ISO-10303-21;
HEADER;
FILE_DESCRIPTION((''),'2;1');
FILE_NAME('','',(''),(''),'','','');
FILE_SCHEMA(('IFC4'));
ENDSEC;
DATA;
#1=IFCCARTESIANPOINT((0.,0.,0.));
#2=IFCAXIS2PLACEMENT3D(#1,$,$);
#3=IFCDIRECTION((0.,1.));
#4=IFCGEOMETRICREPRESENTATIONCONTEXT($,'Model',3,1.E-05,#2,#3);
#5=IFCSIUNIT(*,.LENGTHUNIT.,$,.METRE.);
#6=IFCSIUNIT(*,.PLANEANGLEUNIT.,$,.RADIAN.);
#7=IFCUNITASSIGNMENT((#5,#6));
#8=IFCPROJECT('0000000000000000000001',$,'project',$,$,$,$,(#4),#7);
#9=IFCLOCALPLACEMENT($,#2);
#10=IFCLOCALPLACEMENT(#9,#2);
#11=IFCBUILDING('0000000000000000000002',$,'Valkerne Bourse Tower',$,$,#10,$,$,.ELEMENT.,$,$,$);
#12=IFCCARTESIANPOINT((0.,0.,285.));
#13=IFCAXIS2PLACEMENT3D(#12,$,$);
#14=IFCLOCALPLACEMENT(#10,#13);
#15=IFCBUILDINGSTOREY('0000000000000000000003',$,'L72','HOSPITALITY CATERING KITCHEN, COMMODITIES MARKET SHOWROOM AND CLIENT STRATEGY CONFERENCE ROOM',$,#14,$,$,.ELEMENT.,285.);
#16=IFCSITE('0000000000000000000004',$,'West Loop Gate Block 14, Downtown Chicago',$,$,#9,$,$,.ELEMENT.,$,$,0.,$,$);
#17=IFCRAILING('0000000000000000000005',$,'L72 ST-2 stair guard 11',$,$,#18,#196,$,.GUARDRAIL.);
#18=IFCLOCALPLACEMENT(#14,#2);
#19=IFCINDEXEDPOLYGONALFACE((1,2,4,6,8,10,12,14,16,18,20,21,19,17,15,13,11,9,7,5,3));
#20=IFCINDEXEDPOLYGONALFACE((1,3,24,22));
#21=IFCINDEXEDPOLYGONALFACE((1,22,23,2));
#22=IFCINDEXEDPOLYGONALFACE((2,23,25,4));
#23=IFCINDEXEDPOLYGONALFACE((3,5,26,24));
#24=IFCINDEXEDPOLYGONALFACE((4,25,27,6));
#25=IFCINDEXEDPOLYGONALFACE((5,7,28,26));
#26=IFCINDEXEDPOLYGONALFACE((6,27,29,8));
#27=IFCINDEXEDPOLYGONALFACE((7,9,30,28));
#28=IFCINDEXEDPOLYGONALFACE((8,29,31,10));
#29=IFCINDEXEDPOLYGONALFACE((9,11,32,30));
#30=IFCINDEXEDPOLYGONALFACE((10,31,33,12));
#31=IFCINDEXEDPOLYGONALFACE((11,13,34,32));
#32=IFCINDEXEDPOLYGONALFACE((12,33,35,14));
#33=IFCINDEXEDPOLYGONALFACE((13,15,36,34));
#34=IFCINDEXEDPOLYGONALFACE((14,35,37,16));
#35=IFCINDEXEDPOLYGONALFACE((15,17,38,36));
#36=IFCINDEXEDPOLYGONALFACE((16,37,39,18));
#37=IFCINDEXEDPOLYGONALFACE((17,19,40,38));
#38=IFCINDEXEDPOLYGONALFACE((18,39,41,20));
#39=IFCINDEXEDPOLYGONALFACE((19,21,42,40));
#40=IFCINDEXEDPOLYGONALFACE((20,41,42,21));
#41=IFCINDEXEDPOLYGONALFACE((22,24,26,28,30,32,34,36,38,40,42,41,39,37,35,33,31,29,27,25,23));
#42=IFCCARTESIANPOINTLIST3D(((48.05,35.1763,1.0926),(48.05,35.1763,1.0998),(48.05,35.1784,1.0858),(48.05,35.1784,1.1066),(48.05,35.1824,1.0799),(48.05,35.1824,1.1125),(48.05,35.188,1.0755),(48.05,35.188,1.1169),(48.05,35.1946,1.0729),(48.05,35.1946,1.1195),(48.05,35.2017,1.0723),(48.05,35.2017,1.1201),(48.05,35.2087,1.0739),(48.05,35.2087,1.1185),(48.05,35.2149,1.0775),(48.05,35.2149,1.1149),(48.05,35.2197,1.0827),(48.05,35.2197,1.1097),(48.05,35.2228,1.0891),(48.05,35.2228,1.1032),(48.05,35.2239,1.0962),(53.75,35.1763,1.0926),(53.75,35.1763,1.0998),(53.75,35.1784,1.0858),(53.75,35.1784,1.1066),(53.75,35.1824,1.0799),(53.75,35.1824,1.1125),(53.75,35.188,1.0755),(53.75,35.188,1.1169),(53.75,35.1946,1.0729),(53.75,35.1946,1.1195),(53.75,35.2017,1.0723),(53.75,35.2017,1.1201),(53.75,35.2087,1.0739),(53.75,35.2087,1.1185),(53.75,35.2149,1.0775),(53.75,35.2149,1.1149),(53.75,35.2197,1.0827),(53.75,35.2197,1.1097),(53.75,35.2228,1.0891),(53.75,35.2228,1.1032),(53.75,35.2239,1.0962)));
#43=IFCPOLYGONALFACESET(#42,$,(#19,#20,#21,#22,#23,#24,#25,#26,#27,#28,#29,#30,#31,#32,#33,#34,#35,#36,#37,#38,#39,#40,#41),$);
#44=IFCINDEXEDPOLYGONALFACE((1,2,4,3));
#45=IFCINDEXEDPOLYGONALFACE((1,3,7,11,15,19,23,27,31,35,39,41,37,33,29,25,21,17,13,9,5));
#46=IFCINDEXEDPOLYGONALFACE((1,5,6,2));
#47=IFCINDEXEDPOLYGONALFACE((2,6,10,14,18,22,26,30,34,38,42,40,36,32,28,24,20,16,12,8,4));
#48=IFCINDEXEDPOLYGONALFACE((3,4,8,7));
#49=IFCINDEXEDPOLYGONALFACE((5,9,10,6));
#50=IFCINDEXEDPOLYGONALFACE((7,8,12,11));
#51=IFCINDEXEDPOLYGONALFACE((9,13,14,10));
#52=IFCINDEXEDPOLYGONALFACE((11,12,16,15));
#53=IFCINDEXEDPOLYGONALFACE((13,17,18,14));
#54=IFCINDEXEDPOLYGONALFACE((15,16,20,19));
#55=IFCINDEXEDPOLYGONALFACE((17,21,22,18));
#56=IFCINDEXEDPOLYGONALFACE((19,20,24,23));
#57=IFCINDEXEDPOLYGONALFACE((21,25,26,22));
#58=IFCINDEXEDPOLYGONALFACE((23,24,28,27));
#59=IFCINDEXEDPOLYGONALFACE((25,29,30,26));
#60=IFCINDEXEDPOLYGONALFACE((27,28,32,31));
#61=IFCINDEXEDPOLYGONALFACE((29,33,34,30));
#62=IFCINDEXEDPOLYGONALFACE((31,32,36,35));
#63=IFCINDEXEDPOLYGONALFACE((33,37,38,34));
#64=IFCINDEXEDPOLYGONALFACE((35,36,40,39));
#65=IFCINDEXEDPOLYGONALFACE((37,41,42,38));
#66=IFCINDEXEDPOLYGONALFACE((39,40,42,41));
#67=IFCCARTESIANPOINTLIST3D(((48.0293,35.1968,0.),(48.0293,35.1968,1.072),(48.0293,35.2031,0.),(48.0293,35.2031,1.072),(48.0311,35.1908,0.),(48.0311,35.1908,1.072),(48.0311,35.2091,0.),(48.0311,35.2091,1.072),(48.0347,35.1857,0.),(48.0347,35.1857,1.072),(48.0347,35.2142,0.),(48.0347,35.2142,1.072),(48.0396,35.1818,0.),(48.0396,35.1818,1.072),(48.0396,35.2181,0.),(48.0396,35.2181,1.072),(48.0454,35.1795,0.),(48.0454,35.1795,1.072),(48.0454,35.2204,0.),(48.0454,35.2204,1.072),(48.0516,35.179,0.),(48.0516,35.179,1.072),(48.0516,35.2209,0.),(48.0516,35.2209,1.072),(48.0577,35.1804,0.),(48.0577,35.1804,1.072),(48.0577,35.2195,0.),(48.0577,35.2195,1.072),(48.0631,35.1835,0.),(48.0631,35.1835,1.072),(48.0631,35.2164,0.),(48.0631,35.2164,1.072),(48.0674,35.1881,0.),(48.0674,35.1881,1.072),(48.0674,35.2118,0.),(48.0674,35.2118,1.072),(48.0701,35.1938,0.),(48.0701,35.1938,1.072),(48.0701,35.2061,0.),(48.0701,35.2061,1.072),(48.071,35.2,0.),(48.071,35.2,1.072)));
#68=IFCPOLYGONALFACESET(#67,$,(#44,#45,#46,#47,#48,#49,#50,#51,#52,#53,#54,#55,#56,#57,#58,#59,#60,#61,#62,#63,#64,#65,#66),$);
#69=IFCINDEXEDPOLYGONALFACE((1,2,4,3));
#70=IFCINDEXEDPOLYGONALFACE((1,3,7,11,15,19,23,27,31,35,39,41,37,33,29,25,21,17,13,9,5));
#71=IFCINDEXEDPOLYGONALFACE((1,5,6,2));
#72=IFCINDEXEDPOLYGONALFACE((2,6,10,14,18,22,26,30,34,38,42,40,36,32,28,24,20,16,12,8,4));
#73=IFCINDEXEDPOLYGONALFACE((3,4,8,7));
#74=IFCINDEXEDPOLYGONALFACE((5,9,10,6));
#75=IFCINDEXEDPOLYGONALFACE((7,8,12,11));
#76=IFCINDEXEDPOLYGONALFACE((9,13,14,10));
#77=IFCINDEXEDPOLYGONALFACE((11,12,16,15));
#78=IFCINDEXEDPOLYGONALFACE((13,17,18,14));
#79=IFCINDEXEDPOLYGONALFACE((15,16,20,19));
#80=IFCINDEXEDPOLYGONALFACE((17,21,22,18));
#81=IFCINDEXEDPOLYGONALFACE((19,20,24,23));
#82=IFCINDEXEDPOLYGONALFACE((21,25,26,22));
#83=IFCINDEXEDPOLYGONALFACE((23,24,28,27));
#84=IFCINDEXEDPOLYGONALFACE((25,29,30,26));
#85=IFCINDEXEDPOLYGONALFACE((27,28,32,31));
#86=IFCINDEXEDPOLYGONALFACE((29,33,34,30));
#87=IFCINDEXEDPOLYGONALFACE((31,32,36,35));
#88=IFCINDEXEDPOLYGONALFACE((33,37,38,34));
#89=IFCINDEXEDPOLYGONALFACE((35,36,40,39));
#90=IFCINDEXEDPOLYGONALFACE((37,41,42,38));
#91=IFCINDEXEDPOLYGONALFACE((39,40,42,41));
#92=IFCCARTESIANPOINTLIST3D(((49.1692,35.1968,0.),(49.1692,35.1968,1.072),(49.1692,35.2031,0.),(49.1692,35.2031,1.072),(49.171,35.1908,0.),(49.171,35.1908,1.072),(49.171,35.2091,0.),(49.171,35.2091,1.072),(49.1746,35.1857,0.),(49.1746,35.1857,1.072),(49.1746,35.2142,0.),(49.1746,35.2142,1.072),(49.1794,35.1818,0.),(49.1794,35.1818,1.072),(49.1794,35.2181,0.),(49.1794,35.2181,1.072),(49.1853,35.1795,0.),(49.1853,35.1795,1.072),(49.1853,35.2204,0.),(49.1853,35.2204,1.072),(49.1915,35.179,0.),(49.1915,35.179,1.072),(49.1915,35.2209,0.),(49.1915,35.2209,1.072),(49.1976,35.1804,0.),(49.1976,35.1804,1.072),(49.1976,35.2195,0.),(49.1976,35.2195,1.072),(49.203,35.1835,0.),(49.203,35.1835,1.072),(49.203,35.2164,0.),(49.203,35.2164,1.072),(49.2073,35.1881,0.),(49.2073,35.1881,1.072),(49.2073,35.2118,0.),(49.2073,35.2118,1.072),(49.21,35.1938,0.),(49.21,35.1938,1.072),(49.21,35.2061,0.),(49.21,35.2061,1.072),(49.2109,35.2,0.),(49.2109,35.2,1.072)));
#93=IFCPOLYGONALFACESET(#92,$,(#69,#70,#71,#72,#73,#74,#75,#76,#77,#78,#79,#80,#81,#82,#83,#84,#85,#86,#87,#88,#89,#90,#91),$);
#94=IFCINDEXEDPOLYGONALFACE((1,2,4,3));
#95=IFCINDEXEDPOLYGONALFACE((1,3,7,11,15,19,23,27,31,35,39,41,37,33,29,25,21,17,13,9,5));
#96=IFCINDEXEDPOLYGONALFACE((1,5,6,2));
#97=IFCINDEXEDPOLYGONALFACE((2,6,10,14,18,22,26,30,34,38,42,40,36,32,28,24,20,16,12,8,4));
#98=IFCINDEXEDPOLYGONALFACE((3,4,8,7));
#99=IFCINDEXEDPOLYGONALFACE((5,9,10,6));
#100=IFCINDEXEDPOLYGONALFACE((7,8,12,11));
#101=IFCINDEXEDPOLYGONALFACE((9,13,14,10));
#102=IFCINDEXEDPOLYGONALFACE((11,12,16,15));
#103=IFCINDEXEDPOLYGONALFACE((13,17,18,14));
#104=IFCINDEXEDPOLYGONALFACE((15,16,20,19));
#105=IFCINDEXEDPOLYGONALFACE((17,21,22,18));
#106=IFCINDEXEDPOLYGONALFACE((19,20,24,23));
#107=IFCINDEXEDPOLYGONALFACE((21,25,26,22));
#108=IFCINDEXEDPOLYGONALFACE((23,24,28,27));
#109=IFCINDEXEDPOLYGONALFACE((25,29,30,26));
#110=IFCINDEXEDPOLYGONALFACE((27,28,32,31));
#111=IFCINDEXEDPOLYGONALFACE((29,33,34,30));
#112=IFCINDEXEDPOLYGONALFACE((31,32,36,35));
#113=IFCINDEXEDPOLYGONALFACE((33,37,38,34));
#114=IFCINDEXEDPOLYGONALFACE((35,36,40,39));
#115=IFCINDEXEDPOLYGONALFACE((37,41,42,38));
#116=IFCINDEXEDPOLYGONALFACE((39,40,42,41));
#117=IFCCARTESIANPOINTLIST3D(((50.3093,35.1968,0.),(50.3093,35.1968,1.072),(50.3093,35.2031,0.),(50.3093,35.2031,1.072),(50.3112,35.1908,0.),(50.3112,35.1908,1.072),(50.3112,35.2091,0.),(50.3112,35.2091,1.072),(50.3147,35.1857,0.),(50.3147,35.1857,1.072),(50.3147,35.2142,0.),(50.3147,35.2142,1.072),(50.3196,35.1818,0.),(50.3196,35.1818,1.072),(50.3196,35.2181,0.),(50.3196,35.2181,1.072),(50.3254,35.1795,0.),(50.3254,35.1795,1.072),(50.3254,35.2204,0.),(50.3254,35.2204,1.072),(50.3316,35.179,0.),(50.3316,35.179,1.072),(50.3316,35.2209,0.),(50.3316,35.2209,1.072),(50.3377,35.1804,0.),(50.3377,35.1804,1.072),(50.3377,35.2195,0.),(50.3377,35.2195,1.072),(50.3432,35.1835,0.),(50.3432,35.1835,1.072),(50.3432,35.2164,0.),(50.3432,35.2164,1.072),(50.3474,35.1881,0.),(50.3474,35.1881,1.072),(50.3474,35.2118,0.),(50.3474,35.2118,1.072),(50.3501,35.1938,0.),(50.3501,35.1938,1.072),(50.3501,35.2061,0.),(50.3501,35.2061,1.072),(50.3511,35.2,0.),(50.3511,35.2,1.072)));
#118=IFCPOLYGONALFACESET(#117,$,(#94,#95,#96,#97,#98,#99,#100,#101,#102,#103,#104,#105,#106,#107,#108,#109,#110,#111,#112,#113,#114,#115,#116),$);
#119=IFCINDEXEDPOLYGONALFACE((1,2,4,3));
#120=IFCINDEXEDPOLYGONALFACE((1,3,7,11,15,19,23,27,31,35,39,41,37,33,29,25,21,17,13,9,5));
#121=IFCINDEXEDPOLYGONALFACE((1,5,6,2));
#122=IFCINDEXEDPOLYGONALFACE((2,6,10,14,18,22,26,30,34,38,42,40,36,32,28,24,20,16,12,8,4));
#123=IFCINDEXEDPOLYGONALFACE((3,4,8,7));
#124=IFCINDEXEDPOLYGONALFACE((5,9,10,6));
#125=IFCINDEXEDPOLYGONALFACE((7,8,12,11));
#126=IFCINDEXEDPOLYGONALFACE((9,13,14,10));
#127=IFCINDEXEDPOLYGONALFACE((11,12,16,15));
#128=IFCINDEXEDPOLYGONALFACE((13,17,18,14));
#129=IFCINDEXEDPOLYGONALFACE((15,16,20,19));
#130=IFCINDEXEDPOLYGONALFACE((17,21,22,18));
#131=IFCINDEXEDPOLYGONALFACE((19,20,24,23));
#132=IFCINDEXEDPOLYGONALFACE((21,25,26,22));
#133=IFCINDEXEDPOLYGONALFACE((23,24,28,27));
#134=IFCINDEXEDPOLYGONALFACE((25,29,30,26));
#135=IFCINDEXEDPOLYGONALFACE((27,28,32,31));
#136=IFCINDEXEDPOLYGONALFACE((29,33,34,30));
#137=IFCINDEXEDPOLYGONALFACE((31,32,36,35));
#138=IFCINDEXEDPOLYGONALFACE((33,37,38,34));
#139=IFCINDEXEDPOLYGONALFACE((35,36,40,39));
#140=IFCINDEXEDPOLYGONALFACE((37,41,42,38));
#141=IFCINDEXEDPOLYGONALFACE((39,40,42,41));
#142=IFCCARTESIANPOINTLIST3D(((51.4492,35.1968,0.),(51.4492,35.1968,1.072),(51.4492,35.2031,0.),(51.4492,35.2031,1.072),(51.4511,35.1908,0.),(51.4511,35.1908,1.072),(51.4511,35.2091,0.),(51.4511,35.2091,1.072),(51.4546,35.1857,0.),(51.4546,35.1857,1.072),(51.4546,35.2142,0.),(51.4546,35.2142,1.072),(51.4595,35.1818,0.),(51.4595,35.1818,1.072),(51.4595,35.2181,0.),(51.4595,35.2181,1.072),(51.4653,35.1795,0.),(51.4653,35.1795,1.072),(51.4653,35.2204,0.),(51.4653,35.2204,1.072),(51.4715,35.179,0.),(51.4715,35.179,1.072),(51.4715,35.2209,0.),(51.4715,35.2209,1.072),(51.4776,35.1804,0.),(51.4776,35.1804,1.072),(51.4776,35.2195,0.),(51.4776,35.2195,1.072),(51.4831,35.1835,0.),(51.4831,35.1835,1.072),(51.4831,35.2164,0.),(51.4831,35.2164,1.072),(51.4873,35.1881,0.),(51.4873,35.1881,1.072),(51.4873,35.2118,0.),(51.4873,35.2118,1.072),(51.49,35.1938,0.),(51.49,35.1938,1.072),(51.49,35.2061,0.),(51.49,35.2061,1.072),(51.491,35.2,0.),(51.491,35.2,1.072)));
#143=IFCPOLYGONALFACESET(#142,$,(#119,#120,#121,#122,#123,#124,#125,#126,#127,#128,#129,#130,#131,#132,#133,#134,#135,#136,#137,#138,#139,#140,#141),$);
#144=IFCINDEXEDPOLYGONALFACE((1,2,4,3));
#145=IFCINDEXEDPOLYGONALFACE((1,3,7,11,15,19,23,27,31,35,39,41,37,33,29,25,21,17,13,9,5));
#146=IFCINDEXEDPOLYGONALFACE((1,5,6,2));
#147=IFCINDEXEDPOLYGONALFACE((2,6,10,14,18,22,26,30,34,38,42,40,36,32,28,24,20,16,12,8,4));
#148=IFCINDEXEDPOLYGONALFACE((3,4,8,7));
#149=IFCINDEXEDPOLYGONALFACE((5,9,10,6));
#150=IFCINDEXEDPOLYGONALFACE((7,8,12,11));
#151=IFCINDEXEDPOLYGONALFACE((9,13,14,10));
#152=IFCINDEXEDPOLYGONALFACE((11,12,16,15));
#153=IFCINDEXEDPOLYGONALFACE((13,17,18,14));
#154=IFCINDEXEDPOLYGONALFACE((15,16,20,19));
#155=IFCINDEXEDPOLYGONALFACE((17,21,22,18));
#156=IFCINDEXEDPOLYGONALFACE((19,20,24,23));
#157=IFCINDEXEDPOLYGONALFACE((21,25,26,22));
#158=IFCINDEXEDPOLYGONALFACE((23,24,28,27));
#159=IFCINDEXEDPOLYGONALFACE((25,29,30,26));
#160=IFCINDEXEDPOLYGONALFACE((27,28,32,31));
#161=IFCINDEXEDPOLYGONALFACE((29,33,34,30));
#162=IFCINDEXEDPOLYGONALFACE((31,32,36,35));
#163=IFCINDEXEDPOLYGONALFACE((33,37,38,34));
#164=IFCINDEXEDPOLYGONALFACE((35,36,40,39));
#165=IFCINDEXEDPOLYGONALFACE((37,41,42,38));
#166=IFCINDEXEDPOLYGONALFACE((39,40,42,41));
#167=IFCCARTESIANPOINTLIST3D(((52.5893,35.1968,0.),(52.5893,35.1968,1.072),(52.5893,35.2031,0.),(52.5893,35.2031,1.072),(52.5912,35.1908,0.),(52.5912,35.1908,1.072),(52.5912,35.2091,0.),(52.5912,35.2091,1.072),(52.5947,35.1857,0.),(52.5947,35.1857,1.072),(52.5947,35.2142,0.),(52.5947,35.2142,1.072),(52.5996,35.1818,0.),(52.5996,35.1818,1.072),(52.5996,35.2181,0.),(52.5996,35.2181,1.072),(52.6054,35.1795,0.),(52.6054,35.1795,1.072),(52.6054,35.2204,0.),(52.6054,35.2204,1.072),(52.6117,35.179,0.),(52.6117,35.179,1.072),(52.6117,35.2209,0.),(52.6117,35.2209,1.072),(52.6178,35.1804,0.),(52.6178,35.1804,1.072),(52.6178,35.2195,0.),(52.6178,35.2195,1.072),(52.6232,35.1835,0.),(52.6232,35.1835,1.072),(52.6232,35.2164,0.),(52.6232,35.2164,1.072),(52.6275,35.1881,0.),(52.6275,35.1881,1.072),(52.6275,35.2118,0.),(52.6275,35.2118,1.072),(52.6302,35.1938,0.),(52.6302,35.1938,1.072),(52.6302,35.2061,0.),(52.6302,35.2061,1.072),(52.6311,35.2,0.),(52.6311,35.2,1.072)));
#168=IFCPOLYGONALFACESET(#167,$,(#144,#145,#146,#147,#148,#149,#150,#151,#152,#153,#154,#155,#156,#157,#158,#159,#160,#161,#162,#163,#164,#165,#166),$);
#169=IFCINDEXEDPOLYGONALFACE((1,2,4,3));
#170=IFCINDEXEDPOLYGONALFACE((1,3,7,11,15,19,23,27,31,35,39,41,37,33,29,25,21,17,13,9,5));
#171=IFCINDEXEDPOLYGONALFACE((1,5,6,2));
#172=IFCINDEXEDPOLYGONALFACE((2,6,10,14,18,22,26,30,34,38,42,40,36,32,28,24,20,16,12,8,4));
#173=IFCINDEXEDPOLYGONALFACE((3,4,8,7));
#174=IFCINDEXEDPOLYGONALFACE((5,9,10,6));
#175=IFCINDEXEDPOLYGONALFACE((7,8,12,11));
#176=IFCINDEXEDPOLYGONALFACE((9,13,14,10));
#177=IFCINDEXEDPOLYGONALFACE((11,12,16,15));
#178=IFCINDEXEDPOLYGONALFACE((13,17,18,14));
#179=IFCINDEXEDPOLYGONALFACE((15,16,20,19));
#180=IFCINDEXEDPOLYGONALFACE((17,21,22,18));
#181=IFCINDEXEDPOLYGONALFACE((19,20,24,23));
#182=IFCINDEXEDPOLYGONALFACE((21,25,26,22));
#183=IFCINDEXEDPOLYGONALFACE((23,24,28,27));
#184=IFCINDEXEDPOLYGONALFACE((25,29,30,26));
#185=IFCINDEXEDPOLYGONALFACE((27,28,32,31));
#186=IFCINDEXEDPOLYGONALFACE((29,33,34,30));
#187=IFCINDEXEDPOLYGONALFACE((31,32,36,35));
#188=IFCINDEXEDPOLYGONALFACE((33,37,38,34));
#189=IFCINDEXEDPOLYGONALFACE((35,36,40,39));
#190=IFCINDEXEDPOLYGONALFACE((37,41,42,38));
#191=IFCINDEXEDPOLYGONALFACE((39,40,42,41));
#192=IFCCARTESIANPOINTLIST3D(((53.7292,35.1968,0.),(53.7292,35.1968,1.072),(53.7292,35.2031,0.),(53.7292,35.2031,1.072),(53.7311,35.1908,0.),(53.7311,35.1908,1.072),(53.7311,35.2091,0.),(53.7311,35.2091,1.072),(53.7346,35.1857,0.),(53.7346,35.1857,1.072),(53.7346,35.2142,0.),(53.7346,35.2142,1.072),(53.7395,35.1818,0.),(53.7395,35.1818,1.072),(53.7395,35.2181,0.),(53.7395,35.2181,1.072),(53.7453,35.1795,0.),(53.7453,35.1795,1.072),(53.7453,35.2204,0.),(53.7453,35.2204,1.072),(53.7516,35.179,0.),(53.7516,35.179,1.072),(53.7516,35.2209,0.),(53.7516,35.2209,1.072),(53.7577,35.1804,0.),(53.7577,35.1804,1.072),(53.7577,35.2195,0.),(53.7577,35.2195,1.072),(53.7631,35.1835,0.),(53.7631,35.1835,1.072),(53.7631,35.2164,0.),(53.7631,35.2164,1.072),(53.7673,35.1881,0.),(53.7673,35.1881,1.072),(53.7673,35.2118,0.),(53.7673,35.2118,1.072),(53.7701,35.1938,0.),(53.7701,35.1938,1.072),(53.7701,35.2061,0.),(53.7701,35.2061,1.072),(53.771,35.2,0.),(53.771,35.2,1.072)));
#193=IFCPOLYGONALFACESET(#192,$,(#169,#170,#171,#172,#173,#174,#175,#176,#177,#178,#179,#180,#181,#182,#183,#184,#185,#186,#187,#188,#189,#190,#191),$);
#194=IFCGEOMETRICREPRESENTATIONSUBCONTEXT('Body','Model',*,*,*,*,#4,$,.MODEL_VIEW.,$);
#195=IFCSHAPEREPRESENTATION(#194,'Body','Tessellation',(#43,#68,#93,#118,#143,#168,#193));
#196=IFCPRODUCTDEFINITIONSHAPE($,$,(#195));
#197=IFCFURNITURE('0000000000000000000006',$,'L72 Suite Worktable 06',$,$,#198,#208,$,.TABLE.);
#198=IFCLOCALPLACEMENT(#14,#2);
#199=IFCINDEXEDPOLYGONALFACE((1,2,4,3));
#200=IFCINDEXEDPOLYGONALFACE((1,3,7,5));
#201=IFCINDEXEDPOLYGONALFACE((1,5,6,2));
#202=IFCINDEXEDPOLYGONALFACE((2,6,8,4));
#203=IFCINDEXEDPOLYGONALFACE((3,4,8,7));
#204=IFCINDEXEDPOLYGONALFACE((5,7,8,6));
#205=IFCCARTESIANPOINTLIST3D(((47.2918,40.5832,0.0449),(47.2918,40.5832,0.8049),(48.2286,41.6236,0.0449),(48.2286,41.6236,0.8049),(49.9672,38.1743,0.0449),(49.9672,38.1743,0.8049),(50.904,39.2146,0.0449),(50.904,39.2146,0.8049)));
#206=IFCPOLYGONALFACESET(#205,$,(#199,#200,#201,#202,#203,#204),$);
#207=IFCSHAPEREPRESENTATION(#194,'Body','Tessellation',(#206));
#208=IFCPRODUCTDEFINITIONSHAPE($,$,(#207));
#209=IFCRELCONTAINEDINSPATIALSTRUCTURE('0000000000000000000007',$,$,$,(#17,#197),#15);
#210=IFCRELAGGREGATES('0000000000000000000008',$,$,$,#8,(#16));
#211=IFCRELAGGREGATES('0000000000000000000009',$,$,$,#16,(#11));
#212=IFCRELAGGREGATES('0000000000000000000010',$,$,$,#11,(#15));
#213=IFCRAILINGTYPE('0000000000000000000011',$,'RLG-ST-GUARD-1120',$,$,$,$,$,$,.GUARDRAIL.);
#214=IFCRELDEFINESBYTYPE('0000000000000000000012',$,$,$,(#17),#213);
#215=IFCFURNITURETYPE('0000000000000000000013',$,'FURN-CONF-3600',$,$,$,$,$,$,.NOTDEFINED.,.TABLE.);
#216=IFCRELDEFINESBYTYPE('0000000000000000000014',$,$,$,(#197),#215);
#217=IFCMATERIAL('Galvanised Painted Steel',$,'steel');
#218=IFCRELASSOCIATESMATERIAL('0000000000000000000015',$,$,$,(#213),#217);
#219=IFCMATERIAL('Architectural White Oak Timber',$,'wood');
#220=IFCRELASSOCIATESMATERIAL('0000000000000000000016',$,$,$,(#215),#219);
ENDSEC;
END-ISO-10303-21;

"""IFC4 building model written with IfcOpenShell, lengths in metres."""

from ifc_helpers import new_model, si_unit, direction, frame, origin, origin_2d, place, context, subcontext, project, spatial, rectangle, circle, extrude, material, type_object, element, save


model = new_model("IFC4")

# Units and contexts
model_context = context("Model", 3, precision=1e-05, world=origin(), true_north=direction((0.0, 1.0)))
body_context = subcontext(model_context, "Body", "Model", "MODEL_VIEW")
ifc_project = project(units=[si_unit("LENGTHUNIT", "METRE"), si_unit("PLANEANGLEUNIT", "RADIAN")], contexts=[model_context])

# Site, building, storey
site_placement = place(None, origin())
site = spatial("IfcSite", under=ifc_project, at=site_placement, Name="West Loop Gate Block 14, Downtown Chicago", CompositionType="ELEMENT", RefElevation=0.0)
building_placement = place(site_placement, origin())
building = spatial("IfcBuilding", under=site, at=building_placement, Name="Valkerne Bourse Tower", CompositionType="ELEMENT")
storey_placement = place(building_placement, frame((0.0, 0.0, 285.0)))
storey = spatial("IfcBuildingStorey", under=building, at=storey_placement, Name="L72", Description="HOSPITALITY CATERING KITCHEN, COMMODITIES MARKET SHOWROOM AND CLIENT STRATEGY CONFERENCE ROOM", CompositionType="ELEMENT", Elevation=285.0)

# Railing
ifc_material_1 = material(Name="Galvanised Painted Steel", Category="steel")
railing_type = type_object("IfcRailingType", Name="RLG-ST-GUARD-1120", PredefinedType="GUARDRAIL", material=ifc_material_1)
railing_placement = place(storey_placement, frame((48.05, 35.2, 0.0)))
element("IfcRailing", 1, at=railing_placement, inside=storey, type_object=railing_type, Name="L72 ST-2 stair guard 11", PredefinedType="GUARDRAIL", context=body_context, shape_type="SweptSolid", body=[
    extrude(circle(Radius=0.0239, at=origin_2d()), frame((0.0, 0.0, 1.0962), z_axis=(1.0, 0.0, 0.0), x_axis=(0.0, 1.0, 0.0)), (0.0, 0.0, 1.0), 5.7),
    extrude(circle(Radius=0.021, at=origin_2d()), origin(), (0.0, 0.0, 1.0), 1.072),
    extrude(circle(Radius=0.021, at=origin_2d()), frame((1.1399, 0.0, 0.0)), (0.0, 0.0, 1.0), 1.072),
    extrude(circle(Radius=0.021, at=origin_2d()), frame((2.28, 0.0, 0.0)), (0.0, 0.0, 1.0), 1.072),
    extrude(circle(Radius=0.021, at=origin_2d()), frame((3.4199, 0.0, 0.0)), (0.0, 0.0, 1.0), 1.072),
    extrude(circle(Radius=0.021, at=origin_2d()), frame((4.5601, 0.0, 0.0)), (0.0, 0.0, 1.0), 1.072),
    extrude(circle(Radius=0.021, at=origin_2d()), frame((5.7, 0.0, 0.0)), (0.0, 0.0, 1.0), 1.072),
])

# Furniture
ifc_material_2 = material(Name="Architectural White Oak Timber", Category="wood")
furniture_type_1 = type_object("IfcFurnitureType", Name="FURN-CONF-3600", AssemblyPlace="NOTDEFINED", PredefinedType="TABLE", material=ifc_material_2)
furniture_1_placement = place(storey_placement, frame((49.0979, 39.8989, 0.0449), z_axis=(0.0, 0.0, 1.0), x_axis=(-0.743145, 0.669131, 0.0)))
element("IfcFurniture", 2, at=furniture_1_placement, inside=storey, type_object=furniture_type_1, Name="L72 Suite Worktable 06", PredefinedType="TABLE", context=body_context, shape_type="SweptSolid", body=[
    extrude(rectangle(XDim=3.6001, YDim=1.3999, at=origin_2d()), origin(), (0.0, 0.0, 1.0), 0.76),
])

save(model, "model.ifc")
